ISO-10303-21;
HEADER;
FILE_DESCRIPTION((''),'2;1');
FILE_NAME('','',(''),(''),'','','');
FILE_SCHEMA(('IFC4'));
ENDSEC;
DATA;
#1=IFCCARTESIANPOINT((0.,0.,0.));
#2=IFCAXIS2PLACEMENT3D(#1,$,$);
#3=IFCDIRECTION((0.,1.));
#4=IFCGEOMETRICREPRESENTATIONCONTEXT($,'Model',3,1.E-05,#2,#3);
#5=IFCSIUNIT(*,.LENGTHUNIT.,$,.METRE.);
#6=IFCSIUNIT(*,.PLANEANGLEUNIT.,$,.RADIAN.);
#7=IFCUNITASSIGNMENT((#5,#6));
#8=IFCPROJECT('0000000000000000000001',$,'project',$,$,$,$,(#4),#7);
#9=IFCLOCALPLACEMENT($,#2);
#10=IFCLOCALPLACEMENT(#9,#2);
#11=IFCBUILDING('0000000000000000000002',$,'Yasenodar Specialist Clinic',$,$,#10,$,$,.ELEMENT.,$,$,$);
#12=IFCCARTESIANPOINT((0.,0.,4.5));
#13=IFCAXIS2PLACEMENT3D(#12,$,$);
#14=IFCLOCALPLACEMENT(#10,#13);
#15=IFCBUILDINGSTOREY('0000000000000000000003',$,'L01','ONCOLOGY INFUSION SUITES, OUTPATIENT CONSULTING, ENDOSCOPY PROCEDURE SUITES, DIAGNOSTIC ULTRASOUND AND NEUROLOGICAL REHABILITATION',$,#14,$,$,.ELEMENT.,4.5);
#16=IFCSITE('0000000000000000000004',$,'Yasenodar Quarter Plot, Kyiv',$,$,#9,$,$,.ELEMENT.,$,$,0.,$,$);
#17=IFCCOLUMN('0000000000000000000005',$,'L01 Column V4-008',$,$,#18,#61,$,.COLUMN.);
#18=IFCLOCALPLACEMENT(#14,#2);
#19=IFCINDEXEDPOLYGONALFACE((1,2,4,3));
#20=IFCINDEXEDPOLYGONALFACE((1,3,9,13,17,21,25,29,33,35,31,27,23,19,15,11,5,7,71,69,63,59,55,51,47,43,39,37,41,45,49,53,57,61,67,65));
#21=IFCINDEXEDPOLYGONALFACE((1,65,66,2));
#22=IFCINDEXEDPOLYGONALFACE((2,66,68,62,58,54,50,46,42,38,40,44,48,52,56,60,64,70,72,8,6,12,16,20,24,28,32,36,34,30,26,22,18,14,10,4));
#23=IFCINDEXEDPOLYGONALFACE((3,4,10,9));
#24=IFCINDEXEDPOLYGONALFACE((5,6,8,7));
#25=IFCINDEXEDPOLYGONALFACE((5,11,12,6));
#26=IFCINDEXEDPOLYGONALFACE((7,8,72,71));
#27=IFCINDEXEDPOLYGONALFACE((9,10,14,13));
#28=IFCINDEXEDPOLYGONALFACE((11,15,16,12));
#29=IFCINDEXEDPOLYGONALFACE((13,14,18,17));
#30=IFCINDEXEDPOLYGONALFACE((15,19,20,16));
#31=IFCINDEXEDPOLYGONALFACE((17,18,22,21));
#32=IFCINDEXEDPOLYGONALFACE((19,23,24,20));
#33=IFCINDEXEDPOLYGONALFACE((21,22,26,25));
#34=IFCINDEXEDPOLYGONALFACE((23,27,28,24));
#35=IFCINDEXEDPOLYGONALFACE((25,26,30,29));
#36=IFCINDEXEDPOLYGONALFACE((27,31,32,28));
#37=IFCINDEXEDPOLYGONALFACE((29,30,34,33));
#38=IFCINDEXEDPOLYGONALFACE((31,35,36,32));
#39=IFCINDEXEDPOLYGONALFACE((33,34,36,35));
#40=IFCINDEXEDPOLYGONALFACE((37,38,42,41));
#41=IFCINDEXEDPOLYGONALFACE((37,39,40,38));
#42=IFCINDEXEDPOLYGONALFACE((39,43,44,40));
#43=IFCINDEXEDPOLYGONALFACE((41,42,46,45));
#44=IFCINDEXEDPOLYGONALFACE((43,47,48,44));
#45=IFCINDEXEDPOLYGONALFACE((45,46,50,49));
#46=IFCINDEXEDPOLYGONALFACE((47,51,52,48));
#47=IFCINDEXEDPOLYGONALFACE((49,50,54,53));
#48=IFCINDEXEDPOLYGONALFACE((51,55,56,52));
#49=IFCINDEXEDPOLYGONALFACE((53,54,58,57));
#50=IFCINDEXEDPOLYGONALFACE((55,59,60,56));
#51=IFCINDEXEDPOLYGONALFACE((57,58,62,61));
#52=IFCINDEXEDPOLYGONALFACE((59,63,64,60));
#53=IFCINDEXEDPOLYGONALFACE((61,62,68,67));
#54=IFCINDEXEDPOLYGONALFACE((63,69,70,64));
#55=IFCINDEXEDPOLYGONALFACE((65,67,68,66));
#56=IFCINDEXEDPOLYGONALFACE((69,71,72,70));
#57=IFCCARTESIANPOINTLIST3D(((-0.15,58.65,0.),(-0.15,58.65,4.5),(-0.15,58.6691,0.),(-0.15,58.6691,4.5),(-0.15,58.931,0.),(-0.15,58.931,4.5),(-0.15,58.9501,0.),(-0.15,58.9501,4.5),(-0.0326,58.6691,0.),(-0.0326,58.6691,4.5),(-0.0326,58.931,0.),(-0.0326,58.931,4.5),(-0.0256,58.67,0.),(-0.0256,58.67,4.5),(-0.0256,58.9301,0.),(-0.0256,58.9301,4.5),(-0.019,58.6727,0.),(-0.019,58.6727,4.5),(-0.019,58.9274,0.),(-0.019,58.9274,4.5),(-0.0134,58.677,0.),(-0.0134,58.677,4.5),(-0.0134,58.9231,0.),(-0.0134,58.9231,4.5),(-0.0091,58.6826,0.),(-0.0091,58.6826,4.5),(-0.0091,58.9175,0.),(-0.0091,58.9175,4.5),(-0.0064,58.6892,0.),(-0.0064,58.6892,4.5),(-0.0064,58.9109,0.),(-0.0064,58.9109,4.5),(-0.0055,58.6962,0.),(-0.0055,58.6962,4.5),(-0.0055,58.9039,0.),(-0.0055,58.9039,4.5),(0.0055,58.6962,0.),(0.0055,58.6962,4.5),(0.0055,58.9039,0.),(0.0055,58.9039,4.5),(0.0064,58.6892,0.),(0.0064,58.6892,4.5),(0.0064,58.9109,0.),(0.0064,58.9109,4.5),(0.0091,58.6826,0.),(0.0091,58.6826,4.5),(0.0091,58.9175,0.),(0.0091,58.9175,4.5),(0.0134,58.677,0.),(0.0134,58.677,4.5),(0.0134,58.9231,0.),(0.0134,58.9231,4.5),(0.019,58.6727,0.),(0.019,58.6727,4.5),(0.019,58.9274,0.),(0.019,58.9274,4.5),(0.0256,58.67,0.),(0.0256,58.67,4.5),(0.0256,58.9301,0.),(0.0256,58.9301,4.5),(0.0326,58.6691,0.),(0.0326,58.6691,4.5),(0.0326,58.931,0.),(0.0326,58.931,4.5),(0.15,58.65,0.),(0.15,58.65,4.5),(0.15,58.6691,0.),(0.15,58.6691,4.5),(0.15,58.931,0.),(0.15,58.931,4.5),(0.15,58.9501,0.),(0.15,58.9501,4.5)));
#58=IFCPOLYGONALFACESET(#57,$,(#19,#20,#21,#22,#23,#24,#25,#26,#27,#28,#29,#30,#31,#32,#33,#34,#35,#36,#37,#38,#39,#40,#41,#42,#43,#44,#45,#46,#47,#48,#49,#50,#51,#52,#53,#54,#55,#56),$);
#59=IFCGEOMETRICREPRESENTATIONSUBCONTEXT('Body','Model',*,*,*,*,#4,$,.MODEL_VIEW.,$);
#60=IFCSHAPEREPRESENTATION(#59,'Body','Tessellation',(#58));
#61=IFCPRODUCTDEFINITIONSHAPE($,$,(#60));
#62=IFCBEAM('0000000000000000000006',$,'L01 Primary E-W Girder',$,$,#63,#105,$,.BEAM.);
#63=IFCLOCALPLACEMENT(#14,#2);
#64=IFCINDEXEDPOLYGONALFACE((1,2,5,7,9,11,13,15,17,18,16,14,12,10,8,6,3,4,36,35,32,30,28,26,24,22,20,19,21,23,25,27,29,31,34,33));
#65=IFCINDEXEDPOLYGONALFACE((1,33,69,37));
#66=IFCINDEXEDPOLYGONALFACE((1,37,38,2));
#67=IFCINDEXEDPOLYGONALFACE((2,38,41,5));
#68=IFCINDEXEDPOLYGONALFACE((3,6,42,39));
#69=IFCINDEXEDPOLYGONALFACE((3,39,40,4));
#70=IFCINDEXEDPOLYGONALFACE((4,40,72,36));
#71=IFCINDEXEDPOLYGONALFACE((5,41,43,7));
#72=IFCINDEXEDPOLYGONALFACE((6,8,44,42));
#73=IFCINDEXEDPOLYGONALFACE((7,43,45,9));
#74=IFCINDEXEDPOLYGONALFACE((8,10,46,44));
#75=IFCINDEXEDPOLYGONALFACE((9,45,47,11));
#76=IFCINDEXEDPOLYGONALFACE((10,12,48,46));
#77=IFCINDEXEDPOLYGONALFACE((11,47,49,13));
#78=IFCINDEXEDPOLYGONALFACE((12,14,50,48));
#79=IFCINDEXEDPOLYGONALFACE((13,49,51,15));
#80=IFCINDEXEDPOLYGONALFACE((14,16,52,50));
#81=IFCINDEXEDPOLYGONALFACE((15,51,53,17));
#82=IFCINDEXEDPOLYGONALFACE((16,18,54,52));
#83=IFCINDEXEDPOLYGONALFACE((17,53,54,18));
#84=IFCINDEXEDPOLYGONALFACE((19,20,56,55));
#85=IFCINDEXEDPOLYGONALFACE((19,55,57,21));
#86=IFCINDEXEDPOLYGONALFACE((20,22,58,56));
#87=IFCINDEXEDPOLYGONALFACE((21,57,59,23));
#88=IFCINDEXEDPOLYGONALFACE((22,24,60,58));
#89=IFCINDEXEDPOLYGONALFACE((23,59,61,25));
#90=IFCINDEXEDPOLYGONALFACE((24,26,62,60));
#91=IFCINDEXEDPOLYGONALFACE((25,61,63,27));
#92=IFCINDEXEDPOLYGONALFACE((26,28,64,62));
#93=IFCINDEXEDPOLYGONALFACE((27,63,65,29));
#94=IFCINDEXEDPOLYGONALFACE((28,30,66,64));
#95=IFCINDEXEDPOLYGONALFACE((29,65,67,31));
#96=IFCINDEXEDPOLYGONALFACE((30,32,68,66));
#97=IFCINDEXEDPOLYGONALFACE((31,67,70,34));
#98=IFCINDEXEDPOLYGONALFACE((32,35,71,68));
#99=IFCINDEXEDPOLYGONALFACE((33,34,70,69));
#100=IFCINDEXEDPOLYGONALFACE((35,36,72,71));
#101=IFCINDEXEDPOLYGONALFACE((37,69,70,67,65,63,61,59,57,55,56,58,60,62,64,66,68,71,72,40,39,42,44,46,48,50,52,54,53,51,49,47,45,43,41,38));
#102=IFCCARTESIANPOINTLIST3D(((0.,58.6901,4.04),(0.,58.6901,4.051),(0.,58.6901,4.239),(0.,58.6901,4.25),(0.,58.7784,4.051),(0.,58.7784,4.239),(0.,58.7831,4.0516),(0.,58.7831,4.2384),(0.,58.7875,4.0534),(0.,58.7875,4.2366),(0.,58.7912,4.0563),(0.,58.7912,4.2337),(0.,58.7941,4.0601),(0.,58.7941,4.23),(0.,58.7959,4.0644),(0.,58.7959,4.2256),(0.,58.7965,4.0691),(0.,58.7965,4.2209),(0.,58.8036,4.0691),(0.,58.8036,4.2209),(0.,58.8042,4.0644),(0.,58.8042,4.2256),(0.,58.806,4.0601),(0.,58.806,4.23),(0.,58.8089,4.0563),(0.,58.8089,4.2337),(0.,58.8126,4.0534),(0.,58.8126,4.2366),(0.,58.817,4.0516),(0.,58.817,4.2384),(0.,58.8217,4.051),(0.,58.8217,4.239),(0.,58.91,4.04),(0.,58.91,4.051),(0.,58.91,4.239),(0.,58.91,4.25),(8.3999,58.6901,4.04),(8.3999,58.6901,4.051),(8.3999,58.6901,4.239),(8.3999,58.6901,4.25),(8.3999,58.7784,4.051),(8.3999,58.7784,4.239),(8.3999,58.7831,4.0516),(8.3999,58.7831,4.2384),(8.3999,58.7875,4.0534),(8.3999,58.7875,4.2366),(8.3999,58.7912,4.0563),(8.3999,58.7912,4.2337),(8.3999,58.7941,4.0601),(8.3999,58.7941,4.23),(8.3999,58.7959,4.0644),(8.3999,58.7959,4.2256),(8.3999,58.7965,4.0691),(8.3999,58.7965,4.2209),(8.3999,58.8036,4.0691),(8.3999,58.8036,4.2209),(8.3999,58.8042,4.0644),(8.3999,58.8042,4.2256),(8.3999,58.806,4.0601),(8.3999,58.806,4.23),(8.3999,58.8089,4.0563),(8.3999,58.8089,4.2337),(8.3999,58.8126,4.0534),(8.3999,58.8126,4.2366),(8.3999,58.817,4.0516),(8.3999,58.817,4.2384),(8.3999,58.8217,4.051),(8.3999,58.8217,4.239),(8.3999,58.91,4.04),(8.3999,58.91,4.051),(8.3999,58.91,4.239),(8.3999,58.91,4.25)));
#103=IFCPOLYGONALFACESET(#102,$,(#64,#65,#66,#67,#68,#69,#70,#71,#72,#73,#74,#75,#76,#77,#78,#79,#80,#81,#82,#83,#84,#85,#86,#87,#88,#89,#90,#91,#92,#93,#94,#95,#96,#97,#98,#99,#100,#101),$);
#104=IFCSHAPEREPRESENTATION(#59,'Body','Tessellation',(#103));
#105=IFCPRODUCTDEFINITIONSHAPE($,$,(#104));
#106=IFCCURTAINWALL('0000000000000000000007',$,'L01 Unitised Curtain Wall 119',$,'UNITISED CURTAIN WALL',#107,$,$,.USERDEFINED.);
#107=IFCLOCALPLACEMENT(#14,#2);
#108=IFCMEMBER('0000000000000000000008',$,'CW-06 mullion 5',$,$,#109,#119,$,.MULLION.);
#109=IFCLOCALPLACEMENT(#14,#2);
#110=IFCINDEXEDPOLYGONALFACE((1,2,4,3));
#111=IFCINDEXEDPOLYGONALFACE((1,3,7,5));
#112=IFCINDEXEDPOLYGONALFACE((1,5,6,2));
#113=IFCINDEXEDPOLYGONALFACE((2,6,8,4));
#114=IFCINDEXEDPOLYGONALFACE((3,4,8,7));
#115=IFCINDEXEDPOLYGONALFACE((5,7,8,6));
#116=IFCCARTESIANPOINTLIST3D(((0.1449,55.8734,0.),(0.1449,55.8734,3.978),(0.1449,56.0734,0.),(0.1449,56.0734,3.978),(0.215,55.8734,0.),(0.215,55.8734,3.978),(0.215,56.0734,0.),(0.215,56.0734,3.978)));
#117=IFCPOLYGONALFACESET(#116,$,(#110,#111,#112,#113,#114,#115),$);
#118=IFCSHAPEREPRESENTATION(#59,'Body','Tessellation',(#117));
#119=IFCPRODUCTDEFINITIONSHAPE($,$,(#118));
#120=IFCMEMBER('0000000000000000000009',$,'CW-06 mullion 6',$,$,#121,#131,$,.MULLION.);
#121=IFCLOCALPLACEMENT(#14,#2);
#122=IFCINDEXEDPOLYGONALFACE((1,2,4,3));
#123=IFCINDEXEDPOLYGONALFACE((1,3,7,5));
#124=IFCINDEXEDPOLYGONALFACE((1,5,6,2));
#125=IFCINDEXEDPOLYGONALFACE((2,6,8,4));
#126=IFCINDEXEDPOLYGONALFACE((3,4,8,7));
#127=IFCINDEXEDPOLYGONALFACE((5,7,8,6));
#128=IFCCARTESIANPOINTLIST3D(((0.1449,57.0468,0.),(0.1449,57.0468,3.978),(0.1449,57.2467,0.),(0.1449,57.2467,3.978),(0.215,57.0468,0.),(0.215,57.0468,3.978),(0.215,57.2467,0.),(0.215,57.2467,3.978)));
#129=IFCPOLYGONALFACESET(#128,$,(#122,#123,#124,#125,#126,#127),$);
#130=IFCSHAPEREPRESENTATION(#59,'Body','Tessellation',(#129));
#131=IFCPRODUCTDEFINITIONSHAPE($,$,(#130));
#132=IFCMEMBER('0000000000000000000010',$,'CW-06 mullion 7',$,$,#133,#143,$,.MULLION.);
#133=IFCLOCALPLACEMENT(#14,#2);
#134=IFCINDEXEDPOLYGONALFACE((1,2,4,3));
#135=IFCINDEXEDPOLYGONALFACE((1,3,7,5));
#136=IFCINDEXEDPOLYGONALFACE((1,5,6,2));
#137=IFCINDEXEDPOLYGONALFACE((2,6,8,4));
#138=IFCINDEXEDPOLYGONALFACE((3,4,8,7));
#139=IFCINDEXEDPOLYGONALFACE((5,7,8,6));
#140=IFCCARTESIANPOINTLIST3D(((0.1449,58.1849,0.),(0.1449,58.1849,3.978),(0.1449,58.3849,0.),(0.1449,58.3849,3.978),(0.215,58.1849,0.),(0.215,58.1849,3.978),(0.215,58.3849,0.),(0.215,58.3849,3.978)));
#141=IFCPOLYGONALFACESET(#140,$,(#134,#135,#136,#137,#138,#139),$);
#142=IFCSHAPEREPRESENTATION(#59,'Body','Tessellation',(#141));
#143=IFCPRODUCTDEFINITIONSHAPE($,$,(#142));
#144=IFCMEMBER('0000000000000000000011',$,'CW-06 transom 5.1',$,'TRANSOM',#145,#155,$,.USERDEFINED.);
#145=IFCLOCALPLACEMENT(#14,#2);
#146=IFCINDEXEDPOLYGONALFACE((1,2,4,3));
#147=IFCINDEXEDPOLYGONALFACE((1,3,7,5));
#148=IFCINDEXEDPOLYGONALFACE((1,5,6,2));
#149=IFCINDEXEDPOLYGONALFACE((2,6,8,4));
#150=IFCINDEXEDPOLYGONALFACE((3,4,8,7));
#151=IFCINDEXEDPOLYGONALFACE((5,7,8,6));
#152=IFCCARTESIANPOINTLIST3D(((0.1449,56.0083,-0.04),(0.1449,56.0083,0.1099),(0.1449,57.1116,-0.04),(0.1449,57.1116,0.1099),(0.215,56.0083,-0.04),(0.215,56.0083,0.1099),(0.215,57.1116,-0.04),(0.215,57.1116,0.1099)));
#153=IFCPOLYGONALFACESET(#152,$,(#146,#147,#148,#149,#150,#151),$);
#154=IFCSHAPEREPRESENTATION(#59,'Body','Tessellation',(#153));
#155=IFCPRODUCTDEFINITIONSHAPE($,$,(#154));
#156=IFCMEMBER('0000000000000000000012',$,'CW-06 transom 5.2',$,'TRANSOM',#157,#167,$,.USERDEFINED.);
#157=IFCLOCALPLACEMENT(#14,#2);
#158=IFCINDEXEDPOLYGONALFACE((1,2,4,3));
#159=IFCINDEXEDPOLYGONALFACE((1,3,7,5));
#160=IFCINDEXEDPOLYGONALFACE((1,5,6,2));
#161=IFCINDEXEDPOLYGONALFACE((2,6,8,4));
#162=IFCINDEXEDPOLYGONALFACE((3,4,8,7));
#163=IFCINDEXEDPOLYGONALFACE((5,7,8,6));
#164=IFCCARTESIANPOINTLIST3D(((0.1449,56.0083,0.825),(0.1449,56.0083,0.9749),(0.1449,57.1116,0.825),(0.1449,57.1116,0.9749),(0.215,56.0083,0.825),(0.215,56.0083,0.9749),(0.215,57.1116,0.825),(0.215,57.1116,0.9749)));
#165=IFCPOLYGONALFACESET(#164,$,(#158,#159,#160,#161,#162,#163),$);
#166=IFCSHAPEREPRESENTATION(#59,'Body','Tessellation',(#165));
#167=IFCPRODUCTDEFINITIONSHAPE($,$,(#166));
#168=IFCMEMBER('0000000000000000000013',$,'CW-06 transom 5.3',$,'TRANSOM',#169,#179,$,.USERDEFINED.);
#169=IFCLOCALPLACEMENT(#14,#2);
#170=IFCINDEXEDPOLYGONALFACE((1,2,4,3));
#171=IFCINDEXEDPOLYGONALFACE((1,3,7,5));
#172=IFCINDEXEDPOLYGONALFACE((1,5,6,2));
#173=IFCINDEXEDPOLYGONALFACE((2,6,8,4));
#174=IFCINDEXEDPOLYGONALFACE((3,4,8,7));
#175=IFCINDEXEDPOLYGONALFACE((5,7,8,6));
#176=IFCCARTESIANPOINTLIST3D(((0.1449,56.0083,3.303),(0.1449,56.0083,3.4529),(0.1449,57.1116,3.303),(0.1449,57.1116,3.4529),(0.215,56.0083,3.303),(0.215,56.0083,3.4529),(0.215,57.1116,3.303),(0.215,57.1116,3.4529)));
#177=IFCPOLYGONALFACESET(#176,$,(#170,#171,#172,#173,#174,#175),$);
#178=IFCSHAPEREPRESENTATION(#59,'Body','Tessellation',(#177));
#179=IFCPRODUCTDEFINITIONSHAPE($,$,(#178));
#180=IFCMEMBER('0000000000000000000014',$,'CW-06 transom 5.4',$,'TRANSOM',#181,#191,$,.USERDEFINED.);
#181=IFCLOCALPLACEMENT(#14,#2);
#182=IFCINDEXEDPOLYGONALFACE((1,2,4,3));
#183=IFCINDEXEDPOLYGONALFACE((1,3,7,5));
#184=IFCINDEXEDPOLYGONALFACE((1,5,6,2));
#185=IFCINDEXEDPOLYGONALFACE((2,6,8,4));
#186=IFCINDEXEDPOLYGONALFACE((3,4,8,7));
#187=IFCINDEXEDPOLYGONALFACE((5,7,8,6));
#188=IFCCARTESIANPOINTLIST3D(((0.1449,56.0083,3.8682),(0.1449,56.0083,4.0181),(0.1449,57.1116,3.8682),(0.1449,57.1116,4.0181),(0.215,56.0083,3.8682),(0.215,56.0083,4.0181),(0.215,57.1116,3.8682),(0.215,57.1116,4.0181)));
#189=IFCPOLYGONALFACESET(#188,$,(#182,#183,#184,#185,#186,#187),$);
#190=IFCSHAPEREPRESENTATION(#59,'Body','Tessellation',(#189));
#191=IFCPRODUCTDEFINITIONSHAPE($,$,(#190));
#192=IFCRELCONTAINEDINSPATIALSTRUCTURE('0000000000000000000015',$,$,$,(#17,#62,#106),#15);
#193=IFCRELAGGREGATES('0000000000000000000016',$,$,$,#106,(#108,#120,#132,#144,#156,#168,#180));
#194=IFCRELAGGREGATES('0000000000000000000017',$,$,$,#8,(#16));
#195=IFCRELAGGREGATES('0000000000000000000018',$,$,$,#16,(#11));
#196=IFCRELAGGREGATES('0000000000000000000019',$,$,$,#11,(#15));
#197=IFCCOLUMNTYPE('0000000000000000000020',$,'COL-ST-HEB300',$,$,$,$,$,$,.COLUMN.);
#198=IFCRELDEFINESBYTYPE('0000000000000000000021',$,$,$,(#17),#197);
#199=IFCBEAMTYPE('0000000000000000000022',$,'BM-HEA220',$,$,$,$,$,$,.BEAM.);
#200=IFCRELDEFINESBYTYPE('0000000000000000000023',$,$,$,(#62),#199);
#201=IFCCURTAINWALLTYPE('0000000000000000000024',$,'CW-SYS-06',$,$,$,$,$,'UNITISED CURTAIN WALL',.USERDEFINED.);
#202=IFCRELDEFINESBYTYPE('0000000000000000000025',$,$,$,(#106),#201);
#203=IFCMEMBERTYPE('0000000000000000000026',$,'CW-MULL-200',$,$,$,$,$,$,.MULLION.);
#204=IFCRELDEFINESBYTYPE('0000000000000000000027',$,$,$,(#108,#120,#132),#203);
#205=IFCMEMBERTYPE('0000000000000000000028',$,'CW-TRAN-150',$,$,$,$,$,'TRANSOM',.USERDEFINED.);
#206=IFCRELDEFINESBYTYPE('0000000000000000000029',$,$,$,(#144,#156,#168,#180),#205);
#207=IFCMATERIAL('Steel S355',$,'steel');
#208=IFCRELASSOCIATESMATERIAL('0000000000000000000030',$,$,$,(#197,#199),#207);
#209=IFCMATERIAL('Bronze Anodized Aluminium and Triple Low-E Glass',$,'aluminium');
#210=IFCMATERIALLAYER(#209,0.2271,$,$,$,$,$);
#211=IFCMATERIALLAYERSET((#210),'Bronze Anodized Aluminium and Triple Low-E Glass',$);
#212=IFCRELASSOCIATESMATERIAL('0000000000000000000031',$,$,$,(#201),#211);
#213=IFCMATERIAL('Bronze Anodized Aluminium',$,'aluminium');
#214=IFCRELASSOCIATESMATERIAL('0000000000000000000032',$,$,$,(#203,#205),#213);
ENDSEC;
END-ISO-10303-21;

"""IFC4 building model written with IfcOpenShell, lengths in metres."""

from ifc_helpers import new_model, si_unit, direction, frame, origin, origin_2d, place, context, subcontext, project, spatial, rectangle, i_section, extrude, material, layer, layer_set, material_profile, profile_set, type_object, element, aggregate, save


model = new_model("IFC4")

# Units and contexts
model_context = context("Model", 3, precision=1e-05, world=origin(), true_north=direction((0.0, 1.0)))
body_context = subcontext(model_context, "Body", "Model", "MODEL_VIEW")
ifc_project = project(units=[si_unit("LENGTHUNIT", "METRE"), si_unit("PLANEANGLEUNIT", "RADIAN")], contexts=[model_context])

# Site, building, storey
site_placement = place(None, origin())
site = spatial("IfcSite", under=ifc_project, at=site_placement, Name="Yasenodar Quarter Plot, Kyiv", CompositionType="ELEMENT", RefElevation=0.0)
building_placement = place(site_placement, origin())
building = spatial("IfcBuilding", under=site, at=building_placement, Name="Yasenodar Specialist Clinic", CompositionType="ELEMENT")
storey_placement = place(building_placement, frame((0.0, 0.0, 4.5)))
storey = spatial("IfcBuildingStorey", under=building, at=storey_placement, Name="L01", Description="ONCOLOGY INFUSION SUITES, OUTPATIENT CONSULTING, ENDOSCOPY PROCEDURE SUITES, DIAGNOSTIC ULTRASOUND AND NEUROLOGICAL REHABILITATION", CompositionType="ELEMENT", Elevation=4.5)

# Column
ifc_material_1 = material(Name="Steel S355", Category="steel")
ifc_material_profile_1 = material_profile(ifc_material_1, i_section(OverallWidth=0.3, OverallDepth=0.3, WebThickness=0.011, FlangeThickness=0.019, FilletRadius=0.0271, at=origin_2d()), Name="HEB 300")
ifc_profile_set_1 = profile_set([ifc_material_profile_1], Name="Steel S355")
column_type = type_object("IfcColumnType", Name="COL-ST-HEB300", PredefinedType="COLUMN", material=ifc_profile_set_1)
column_placement = place(storey_placement, frame((0.0, 58.8, 0.0), z_axis=(0.0, 0.0, 1.0), x_axis=(1.0, 0.0, 0.0)))
element("IfcColumn", 1, at=column_placement, inside=storey, type_object=column_type, Name="L01 Column V4-008", PredefinedType="COLUMN", context=body_context, shape_type="SweptSolid", body=[
    extrude(i_section(OverallWidth=0.3, OverallDepth=0.3, WebThickness=0.011, FlangeThickness=0.019, FilletRadius=0.0271, at=origin_2d()), origin(), (0.0, 0.0, 1.0), 4.5),
])

# Beam
ifc_material_profile_2 = material_profile(ifc_material_1, i_section(OverallWidth=0.22, OverallDepth=0.21, WebThickness=0.0071, FlangeThickness=0.011, FilletRadius=0.0181, at=origin_2d()), Name="HEA 220")
ifc_profile_set_2 = profile_set([ifc_material_profile_2], Name="Steel S355")
beam_type_1 = type_object("IfcBeamType", Name="BM-HEA220", PredefinedType="BEAM", material=ifc_profile_set_2)
beam_1_placement = place(storey_placement, frame((0.0, 58.8, 4.145), z_axis=(1.0, 0.0, 0.0), x_axis=(0.0, 1.0, 0.0)))
element("IfcBeam", 2, at=beam_1_placement, inside=storey, type_object=beam_type_1, Name="L01 Primary E-W Girder", PredefinedType="BEAM", context=body_context, shape_type="SweptSolid", body=[
    extrude(i_section(OverallWidth=0.22, OverallDepth=0.21, WebThickness=0.0071, FlangeThickness=0.011, FilletRadius=0.0181, at=origin_2d()), origin(), (0.0, 0.0, 1.0), 8.3999),
])

# Curtain wall, members
ifc_material_2 = material(Name="Bronze Anodized Aluminium and Triple Low-E Glass", Category="aluminium")
ifc_layer_1 = layer(ifc_material_2, 0.2271)
ifc_layer_set_1 = layer_set([ifc_layer_1], Name="Bronze Anodized Aluminium and Triple Low-E Glass")
curtain_wall_type = type_object("IfcCurtainWallType", Name="CW-SYS-06", ElementType="UNITISED CURTAIN WALL", PredefinedType="USERDEFINED", material=ifc_layer_set_1)
curtain_wall_placement = place(storey_placement, origin())
curtain_wall = element("IfcCurtainWall", 3, at=curtain_wall_placement, inside=storey, type_object=curtain_wall_type, Name="L01 Unitised Curtain Wall 119", ObjectType="UNITISED CURTAIN WALL", PredefinedType="USERDEFINED")
ifc_material_3 = material(Name="Bronze Anodized Aluminium", Category="aluminium")
ifc_material_profile_3 = material_profile(ifc_material_3, rectangle(XDim=0.0701, YDim=0.2, at=origin_2d()), Name="CW-MULL 70x200")
ifc_profile_set_3 = profile_set([ifc_material_profile_3], Name="Bronze Anodized Aluminium")
member_type_1 = type_object("IfcMemberType", Name="CW-MULL-200", PredefinedType="MULLION", material=ifc_profile_set_3)
member_1_placement = place(storey_placement, frame((0.1799, 55.9734, 0.0), z_axis=(0.0, 0.0, 1.0), x_axis=(-1.0, 0.0, 0.0)))
member_1 = element("IfcMember", 4, at=member_1_placement, type_object=member_type_1, Name="CW-06 mullion 5", PredefinedType="MULLION", context=body_context, shape_type="SweptSolid", body=[
    extrude(rectangle(XDim=0.0701, YDim=0.2, at=origin_2d()), origin(), (0.0, 0.0, 1.0), 3.978),
])
member_2_placement = place(storey_placement, frame((0.1799, 57.1467, 0.0), z_axis=(0.0, 0.0, 1.0), x_axis=(-1.0, 0.0, 0.0)))
member_2 = element("IfcMember", 5, at=member_2_placement, type_object=member_type_1, Name="CW-06 mullion 6", PredefinedType="MULLION", context=body_context, shape_type="SweptSolid", body=[
    extrude(rectangle(XDim=0.0701, YDim=0.2, at=origin_2d()), origin(), (0.0, 0.0, 1.0), 3.978),
])
member_3_placement = place(storey_placement, frame((0.1799, 58.2849, 0.0), z_axis=(0.0, 0.0, 1.0), x_axis=(-1.0, 0.0, 0.0)))
member_3 = element("IfcMember", 6, at=member_3_placement, type_object=member_type_1, Name="CW-06 mullion 7", PredefinedType="MULLION", context=body_context, shape_type="SweptSolid", body=[
    extrude(rectangle(XDim=0.0701, YDim=0.2, at=origin_2d()), origin(), (0.0, 0.0, 1.0), 3.978),
])
ifc_material_profile_4 = material_profile(ifc_material_3, rectangle(XDim=0.0701, YDim=0.1499, at=origin_2d()), Name="CW-TRAN 70x150")
ifc_profile_set_4 = profile_set([ifc_material_profile_4], Name="Bronze Anodized Aluminium")
member_type_2 = type_object("IfcMemberType", Name="CW-TRAN-150", ElementType="TRANSOM", PredefinedType="USERDEFINED", material=ifc_profile_set_4)
member_4_placement = place(storey_placement, frame((0.1799, 56.0083, 0.0349), z_axis=(0.0, 1.0, 0.0), x_axis=(-1.0, 0.0, 0.0)))
member_4 = element("IfcMember", 7, at=member_4_placement, type_object=member_type_2, Name="CW-06 transom 5.1", ObjectType="TRANSOM", PredefinedType="USERDEFINED", context=body_context, shape_type="SweptSolid", body=[
    extrude(rectangle(XDim=0.0701, YDim=0.1499, at=origin_2d()), origin(), (0.0, 0.0, 1.0), 1.1033),
])
member_5_placement = place(storey_placement, frame((0.1799, 56.0083, 0.8999), z_axis=(0.0, 1.0, 0.0), x_axis=(-1.0, 0.0, 0.0)))
member_5 = element("IfcMember", 8, at=member_5_placement, type_object=member_type_2, Name="CW-06 transom 5.2", ObjectType="TRANSOM", PredefinedType="USERDEFINED", context=body_context, shape_type="SweptSolid", body=[
    extrude(rectangle(XDim=0.0701, YDim=0.1499, at=origin_2d()), origin(), (0.0, 0.0, 1.0), 1.1033),
])
member_6_placement = place(storey_placement, frame((0.1799, 56.0083, 3.3779), z_axis=(0.0, 1.0, 0.0), x_axis=(-1.0, 0.0, 0.0)))
member_6 = element("IfcMember", 9, at=member_6_placement, type_object=member_type_2, Name="CW-06 transom 5.3", ObjectType="TRANSOM", PredefinedType="USERDEFINED", context=body_context, shape_type="SweptSolid", body=[
    extrude(rectangle(XDim=0.0701, YDim=0.1499, at=origin_2d()), origin(), (0.0, 0.0, 1.0), 1.1033),
])
member_7_placement = place(storey_placement, frame((0.1799, 56.0083, 3.9431), z_axis=(0.0, 1.0, 0.0), x_axis=(-1.0, 0.0, 0.0)))
member_7 = element("IfcMember", 10, at=member_7_placement, type_object=member_type_2, Name="CW-06 transom 5.4", ObjectType="TRANSOM", PredefinedType="USERDEFINED", context=body_context, shape_type="SweptSolid", body=[
    extrude(rectangle(XDim=0.0701, YDim=0.1499, at=origin_2d()), origin(), (0.0, 0.0, 1.0), 1.1033),
])

aggregate(curtain_wall, [member_1, member_2, member_3, member_4, member_5, member_6, member_7])

save(model, "model.ifc")
